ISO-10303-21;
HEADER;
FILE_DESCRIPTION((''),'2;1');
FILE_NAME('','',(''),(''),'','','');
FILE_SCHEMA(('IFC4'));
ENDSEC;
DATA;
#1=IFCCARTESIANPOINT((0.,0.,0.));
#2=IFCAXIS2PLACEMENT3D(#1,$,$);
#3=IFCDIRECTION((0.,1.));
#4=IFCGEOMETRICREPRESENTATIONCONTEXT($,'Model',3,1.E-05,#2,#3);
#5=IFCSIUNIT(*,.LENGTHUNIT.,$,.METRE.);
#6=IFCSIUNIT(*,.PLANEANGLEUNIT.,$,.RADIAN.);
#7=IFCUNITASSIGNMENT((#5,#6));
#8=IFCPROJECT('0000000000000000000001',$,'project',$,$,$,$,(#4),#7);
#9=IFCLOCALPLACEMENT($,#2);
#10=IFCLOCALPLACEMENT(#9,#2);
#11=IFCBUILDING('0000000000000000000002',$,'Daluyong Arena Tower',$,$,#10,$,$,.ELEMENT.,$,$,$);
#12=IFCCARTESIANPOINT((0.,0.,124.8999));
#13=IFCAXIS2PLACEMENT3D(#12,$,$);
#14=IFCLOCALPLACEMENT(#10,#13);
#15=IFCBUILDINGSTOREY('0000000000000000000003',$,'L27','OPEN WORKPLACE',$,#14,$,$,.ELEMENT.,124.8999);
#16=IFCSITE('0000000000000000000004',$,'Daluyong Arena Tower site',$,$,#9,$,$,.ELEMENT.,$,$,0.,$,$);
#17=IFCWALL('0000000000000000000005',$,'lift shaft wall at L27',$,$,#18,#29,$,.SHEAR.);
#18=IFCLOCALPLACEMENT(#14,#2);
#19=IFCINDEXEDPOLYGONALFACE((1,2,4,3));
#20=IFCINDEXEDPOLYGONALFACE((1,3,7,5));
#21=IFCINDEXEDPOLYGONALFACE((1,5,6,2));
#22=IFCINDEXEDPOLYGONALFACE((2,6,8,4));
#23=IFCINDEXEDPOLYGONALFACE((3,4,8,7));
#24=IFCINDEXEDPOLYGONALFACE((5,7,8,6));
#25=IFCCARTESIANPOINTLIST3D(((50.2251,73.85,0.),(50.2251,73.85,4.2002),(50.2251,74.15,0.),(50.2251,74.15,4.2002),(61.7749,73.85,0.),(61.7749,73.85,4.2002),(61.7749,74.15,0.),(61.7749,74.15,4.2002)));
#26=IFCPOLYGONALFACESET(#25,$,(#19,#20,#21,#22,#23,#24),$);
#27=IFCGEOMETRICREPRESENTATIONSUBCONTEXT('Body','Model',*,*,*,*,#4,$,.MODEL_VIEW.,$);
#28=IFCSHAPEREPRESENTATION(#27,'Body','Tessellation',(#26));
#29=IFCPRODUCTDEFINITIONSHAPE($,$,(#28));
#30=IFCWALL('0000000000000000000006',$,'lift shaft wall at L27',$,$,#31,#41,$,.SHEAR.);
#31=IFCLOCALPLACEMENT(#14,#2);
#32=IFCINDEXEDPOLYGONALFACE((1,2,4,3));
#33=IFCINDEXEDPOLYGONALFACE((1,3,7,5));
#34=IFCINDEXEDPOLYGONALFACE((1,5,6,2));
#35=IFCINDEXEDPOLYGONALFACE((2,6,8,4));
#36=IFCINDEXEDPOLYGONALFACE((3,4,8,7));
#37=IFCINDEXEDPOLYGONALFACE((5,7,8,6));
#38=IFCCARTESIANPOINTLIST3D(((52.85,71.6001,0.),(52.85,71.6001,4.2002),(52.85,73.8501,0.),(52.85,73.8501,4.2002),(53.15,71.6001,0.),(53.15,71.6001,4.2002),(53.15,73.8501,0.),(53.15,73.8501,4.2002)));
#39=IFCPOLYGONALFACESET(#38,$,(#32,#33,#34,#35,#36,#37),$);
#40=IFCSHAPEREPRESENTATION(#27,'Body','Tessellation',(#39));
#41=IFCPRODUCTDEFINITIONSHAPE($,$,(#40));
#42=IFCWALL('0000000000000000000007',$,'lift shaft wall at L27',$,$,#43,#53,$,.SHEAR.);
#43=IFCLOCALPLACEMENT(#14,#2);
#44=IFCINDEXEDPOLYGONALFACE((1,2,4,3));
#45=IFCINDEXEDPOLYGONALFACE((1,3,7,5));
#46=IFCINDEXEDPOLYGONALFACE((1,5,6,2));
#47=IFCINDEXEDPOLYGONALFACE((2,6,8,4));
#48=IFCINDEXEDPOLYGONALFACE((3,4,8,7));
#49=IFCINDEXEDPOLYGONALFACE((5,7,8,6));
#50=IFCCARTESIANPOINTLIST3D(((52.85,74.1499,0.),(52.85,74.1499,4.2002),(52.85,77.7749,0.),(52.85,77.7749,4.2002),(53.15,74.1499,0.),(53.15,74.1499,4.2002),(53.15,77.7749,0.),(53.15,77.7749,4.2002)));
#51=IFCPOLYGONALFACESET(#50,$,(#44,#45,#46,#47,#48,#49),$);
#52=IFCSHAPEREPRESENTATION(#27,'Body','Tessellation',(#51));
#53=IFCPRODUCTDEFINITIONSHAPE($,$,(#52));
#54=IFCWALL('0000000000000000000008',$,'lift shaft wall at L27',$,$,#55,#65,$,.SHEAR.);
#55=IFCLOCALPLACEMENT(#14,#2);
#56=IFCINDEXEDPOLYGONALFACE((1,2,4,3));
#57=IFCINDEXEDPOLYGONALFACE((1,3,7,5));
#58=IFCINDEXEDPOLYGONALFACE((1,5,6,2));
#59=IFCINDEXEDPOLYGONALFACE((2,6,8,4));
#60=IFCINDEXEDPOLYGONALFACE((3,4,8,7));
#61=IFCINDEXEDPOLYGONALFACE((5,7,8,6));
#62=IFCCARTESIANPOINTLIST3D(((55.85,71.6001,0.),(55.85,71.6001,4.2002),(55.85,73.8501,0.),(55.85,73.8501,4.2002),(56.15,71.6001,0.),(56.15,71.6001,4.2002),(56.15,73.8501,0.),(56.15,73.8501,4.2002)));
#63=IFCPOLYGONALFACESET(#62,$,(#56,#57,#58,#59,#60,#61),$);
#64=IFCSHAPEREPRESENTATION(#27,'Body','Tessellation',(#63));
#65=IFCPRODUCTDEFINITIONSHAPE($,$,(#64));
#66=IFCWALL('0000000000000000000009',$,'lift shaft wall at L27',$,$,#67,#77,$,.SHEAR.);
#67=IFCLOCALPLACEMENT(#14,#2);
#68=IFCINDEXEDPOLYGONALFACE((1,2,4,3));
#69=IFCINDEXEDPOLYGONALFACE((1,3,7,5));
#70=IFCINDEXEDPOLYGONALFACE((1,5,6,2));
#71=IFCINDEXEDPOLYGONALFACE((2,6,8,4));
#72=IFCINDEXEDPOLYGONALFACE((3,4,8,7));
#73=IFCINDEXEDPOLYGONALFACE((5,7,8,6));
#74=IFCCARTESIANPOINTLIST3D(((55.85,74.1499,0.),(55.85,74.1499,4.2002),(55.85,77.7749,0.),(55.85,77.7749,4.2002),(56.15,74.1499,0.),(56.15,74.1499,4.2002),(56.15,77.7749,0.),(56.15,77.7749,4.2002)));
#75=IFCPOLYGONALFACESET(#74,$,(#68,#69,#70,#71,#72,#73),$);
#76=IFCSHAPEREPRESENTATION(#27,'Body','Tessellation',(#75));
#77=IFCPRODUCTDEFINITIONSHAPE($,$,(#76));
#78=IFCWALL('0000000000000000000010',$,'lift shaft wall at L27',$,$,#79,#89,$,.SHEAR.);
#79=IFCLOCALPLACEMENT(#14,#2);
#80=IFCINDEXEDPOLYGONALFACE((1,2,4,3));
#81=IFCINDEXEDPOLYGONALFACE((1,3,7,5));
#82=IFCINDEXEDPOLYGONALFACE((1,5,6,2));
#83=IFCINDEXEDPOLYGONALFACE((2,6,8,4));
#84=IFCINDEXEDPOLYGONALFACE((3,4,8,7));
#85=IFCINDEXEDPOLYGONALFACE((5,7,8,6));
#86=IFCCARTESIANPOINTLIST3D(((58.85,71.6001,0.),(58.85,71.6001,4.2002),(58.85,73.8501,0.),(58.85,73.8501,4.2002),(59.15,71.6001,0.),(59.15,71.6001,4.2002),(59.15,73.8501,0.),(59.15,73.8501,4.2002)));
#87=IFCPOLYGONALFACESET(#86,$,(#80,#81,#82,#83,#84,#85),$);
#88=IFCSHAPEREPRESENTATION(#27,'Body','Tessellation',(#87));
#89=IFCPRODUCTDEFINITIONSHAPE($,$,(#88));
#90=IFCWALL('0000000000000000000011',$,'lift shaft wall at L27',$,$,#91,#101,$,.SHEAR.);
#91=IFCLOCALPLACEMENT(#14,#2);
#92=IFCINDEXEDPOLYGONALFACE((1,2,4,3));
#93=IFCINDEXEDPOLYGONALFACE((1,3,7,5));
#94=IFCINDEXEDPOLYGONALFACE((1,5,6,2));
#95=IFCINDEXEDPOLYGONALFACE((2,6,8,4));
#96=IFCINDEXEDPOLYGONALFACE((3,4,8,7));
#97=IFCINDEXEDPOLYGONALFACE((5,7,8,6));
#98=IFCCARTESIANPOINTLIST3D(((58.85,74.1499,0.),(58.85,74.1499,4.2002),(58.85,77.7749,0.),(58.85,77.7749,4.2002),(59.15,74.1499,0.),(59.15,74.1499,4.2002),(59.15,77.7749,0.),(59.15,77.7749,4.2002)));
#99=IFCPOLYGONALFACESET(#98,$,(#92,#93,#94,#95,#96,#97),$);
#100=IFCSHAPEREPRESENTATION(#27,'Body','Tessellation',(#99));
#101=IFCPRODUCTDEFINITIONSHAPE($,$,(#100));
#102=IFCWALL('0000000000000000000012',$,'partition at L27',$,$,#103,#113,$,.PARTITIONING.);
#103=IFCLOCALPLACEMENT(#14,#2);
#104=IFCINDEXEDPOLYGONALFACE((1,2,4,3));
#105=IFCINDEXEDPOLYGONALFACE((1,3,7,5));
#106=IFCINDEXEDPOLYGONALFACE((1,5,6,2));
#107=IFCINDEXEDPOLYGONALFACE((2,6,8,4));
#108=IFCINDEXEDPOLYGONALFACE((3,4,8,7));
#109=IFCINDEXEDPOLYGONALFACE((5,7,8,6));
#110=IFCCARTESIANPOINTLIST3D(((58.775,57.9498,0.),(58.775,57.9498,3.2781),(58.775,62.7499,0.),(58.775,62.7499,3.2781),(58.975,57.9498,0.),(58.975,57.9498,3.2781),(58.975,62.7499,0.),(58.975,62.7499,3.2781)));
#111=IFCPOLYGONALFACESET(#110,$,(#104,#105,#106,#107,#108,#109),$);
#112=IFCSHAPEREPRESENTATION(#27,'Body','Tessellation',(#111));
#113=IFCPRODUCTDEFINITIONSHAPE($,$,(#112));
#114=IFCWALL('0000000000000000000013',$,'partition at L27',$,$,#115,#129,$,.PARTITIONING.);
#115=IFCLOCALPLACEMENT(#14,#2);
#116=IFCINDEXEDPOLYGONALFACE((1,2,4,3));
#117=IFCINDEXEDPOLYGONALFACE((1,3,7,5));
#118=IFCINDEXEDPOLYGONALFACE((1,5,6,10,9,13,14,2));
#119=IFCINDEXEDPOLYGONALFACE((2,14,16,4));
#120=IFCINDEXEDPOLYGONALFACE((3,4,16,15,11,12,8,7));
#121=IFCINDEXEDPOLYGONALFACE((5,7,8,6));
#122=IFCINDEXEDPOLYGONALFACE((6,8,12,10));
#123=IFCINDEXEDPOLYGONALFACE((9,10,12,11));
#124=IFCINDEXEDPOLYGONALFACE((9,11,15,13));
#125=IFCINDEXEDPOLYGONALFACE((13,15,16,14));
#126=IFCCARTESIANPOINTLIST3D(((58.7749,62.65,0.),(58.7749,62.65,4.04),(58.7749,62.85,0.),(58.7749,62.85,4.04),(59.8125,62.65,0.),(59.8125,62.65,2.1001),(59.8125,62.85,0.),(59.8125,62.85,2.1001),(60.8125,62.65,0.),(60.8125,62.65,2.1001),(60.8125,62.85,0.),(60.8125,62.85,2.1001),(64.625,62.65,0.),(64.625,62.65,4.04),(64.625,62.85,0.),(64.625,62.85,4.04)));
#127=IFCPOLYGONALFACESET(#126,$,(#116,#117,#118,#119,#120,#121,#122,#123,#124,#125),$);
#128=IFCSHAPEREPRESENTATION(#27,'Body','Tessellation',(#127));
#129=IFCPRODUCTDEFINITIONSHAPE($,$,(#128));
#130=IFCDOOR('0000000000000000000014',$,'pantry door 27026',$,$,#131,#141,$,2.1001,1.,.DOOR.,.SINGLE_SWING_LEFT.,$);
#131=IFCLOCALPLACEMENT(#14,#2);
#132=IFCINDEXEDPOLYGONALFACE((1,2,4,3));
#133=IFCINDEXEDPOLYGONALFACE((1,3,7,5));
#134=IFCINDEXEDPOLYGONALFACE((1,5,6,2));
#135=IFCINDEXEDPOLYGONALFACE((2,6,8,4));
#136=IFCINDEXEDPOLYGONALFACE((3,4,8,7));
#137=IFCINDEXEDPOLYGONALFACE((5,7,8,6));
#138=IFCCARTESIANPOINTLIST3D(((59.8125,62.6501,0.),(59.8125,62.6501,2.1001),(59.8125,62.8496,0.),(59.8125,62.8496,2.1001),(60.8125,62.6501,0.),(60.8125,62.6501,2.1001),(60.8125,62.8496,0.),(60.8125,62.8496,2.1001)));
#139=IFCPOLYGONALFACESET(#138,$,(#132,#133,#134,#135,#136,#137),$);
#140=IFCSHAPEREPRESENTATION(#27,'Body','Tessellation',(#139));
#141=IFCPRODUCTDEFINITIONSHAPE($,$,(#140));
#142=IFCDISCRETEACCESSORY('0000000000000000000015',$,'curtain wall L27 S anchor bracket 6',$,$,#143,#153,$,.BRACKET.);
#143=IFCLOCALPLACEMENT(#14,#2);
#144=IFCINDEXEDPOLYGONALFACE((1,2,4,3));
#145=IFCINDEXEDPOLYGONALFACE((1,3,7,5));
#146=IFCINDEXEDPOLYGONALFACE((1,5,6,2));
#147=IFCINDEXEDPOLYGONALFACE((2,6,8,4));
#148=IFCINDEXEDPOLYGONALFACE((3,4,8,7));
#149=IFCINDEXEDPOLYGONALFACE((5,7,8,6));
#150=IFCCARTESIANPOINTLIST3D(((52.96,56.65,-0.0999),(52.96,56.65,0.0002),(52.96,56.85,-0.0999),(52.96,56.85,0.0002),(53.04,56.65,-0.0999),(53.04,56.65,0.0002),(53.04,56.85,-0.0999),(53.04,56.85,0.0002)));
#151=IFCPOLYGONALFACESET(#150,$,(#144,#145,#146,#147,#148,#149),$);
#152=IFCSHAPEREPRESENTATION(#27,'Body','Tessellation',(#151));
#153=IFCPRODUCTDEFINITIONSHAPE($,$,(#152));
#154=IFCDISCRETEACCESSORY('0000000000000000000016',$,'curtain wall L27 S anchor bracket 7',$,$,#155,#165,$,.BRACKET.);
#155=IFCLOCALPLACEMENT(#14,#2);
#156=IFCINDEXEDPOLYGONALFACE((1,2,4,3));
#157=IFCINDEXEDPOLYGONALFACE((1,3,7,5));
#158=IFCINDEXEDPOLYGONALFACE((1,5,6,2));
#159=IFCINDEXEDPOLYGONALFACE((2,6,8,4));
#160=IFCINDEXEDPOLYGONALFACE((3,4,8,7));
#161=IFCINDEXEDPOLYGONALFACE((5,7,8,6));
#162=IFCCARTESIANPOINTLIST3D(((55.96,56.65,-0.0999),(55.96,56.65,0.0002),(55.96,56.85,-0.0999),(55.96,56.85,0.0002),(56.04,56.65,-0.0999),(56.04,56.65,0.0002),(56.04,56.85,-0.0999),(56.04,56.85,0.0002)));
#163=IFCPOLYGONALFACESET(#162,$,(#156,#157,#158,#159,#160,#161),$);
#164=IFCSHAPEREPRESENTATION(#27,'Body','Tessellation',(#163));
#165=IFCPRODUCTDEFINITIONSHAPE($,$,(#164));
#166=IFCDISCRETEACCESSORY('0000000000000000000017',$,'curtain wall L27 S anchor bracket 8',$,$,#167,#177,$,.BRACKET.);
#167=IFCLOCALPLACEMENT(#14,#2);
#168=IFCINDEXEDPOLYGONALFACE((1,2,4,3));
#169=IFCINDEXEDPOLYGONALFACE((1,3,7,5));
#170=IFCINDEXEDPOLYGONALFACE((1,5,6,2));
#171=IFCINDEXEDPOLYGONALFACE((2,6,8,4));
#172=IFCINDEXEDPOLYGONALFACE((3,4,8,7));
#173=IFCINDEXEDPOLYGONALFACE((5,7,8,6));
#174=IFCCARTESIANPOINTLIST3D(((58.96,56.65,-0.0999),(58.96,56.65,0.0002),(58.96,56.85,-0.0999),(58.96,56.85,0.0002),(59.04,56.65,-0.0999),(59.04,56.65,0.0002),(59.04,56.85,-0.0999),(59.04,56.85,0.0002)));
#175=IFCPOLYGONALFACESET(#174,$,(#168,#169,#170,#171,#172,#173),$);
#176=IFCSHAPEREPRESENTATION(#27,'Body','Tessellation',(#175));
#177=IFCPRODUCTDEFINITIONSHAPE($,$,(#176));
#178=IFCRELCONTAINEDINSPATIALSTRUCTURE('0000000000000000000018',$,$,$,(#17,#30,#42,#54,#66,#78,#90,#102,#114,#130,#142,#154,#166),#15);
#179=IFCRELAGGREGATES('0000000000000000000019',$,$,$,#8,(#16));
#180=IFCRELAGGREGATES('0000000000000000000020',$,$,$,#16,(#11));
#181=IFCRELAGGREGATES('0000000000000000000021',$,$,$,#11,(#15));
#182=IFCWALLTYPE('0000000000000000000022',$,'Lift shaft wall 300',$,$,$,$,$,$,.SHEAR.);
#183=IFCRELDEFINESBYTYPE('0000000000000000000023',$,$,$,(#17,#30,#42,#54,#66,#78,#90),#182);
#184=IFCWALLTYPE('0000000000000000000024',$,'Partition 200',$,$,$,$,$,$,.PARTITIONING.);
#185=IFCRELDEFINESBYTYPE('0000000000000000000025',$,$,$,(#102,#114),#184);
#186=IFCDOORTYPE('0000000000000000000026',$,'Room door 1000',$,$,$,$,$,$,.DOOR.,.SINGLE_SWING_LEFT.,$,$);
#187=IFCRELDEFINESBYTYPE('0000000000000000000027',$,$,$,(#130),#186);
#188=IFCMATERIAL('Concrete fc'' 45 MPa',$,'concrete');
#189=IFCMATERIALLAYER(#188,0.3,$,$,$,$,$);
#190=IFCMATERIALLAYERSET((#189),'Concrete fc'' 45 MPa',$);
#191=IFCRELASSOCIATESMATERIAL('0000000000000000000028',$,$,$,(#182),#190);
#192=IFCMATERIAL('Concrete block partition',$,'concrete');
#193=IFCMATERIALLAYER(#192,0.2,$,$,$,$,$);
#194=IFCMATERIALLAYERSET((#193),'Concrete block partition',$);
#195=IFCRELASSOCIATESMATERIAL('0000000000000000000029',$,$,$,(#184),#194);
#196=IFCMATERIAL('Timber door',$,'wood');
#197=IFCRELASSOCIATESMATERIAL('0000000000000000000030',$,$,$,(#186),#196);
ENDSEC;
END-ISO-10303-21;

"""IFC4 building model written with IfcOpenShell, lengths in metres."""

from ifc_helpers import new_model, si_unit, direction, frame, frame_2d, origin, origin_2d, place, context, subcontext, project, spatial, rectangle, extrude, material, layer, layer_set, type_object, element, fill, save


model = new_model("IFC4")

# Units and contexts
model_context = context("Model", 3, precision=1e-05, world=origin(), true_north=direction((0.0, 1.0)))
body_context = subcontext(model_context, "Body", "Model", "MODEL_VIEW")
ifc_project = project(units=[si_unit("LENGTHUNIT", "METRE"), si_unit("PLANEANGLEUNIT", "RADIAN")], contexts=[model_context])

# Site, building, storey
site_placement = place(None, origin())
site = spatial("IfcSite", under=ifc_project, at=site_placement, Name="Daluyong Arena Tower site", CompositionType="ELEMENT", RefElevation=0.0)
building_placement = place(site_placement, origin())
building = spatial("IfcBuilding", under=site, at=building_placement, Name="Daluyong Arena Tower", CompositionType="ELEMENT")
storey_placement = place(building_placement, frame((0.0, 0.0, 124.8999)))
storey = spatial("IfcBuildingStorey", under=building, at=storey_placement, Name="L27", Description="OPEN WORKPLACE", CompositionType="ELEMENT", Elevation=124.8999)

# Walls
ifc_material_1 = material(Name="Concrete fc' 45 MPa", Category="concrete")
ifc_layer_1 = layer(ifc_material_1, 0.3)
ifc_layer_set_1 = layer_set([ifc_layer_1], Name="Concrete fc' 45 MPa")
wall_type_1 = type_object("IfcWallType", Name="Lift shaft wall 300", PredefinedType="SHEAR", material=ifc_layer_set_1)
wall_1_placement = place(storey_placement, frame((50.2251, 74.0, 0.0), z_axis=(0.0, 0.0, 1.0), x_axis=(1.0, 0.0, 0.0)))
element("IfcWall", 1, at=wall_1_placement, inside=storey, type_object=wall_type_1, Name="lift shaft wall at L27", PredefinedType="SHEAR", context=body_context, shape_type="SweptSolid", body=[
    extrude(rectangle(XDim=11.5498, YDim=0.3, at=frame_2d((5.7749, 0.0))), origin(), (0.0, 0.0, 1.0), 4.2002),
])
wall_2_placement = place(storey_placement, frame((53.0, 71.6001, 0.0), z_axis=(0.0, 0.0, 1.0), x_axis=(0.0, 1.0, 0.0)))
element("IfcWall", 2, at=wall_2_placement, inside=storey, type_object=wall_type_1, Name="lift shaft wall at L27", PredefinedType="SHEAR", context=body_context, shape_type="SweptSolid", body=[
    extrude(rectangle(XDim=2.25, YDim=0.3, at=frame_2d((1.125, 0.0))), origin(), (0.0, 0.0, 1.0), 4.2002),
])
wall_3_placement = place(storey_placement, frame((53.0, 74.1499, 0.0), z_axis=(0.0, 0.0, 1.0), x_axis=(0.0, 1.0, 0.0)))
element("IfcWall", 3, at=wall_3_placement, inside=storey, type_object=wall_type_1, Name="lift shaft wall at L27", PredefinedType="SHEAR", context=body_context, shape_type="SweptSolid", body=[
    extrude(rectangle(XDim=3.625, YDim=0.3, at=frame_2d((1.8125, 0.0))), origin(), (0.0, 0.0, 1.0), 4.2002),
])
wall_4_placement = place(storey_placement, frame((56.0, 71.6001, 0.0), z_axis=(0.0, 0.0, 1.0), x_axis=(0.0, 1.0, 0.0)))
element("IfcWall", 4, at=wall_4_placement, inside=storey, type_object=wall_type_1, Name="lift shaft wall at L27", PredefinedType="SHEAR", context=body_context, shape_type="SweptSolid", body=[
    extrude(rectangle(XDim=2.25, YDim=0.3, at=frame_2d((1.125, 0.0))), origin(), (0.0, 0.0, 1.0), 4.2002),
])
wall_5_placement = place(storey_placement, frame((56.0, 74.1499, 0.0), z_axis=(0.0, 0.0, 1.0), x_axis=(0.0, 1.0, 0.0)))
element("IfcWall", 5, at=wall_5_placement, inside=storey, type_object=wall_type_1, Name="lift shaft wall at L27", PredefinedType="SHEAR", context=body_context, shape_type="SweptSolid", body=[
    extrude(rectangle(XDim=3.625, YDim=0.3, at=frame_2d((1.8125, 0.0))), origin(), (0.0, 0.0, 1.0), 4.2002),
])
wall_6_placement = place(storey_placement, frame((59.0, 71.6001, 0.0), z_axis=(0.0, 0.0, 1.0), x_axis=(0.0, 1.0, 0.0)))
element("IfcWall", 6, at=wall_6_placement, inside=storey, type_object=wall_type_1, Name="lift shaft wall at L27", PredefinedType="SHEAR", context=body_context, shape_type="SweptSolid", body=[
    extrude(rectangle(XDim=2.25, YDim=0.3, at=frame_2d((1.125, 0.0))), origin(), (0.0, 0.0, 1.0), 4.2002),
])
wall_7_placement = place(storey_placement, frame((59.0, 74.1499, 0.0), z_axis=(0.0, 0.0, 1.0), x_axis=(0.0, 1.0, 0.0)))
element("IfcWall", 7, at=wall_7_placement, inside=storey, type_object=wall_type_1, Name="lift shaft wall at L27", PredefinedType="SHEAR", context=body_context, shape_type="SweptSolid", body=[
    extrude(rectangle(XDim=3.625, YDim=0.3, at=frame_2d((1.8125, 0.0))), origin(), (0.0, 0.0, 1.0), 4.2002),
])
ifc_material_2 = material(Name="Concrete block partition", Category="concrete")
ifc_layer_2 = layer(ifc_material_2, 0.2)
ifc_layer_set_2 = layer_set([ifc_layer_2], Name="Concrete block partition")
wall_type_2 = type_object("IfcWallType", Name="Partition 200", PredefinedType="PARTITIONING", material=ifc_layer_set_2)
wall_8_placement = place(storey_placement, frame((58.875, 57.95, 0.0), z_axis=(0.0, 0.0, 1.0), x_axis=(0.0, 1.0, 0.0)))
element("IfcWall", 8, at=wall_8_placement, inside=storey, type_object=wall_type_2, Name="partition at L27", PredefinedType="PARTITIONING", context=body_context, shape_type="SweptSolid", body=[
    extrude(rectangle(XDim=4.8, YDim=0.2, at=frame_2d((2.3999, 0.0))), origin(), (0.0, 0.0, 1.0), 3.2781),
])

# Wall, opening, door
wall_9_placement = place(storey_placement, frame((58.7749, 62.75, 0.0), z_axis=(0.0, 0.0, 1.0), x_axis=(1.0, 0.0, 0.0)))
wall_9 = element("IfcWall", 9, at=wall_9_placement, inside=storey, type_object=wall_type_2, Name="partition at L27", PredefinedType="PARTITIONING", context=body_context, shape_type="SweptSolid", body=[
    extrude(rectangle(XDim=5.8501, YDim=0.2, at=frame_2d((2.925, 0.0))), origin(), (0.0, 0.0, 1.0), 4.04),
])
opening_1_placement = place(wall_9_placement, frame((1.0376, 0.0, 0.0)))
opening_1 = element("IfcOpeningElement", 10, at=opening_1_placement, cuts=wall_9, PredefinedType="OPENING", context=body_context, shape_type="SweptSolid", body=[
    extrude(rectangle(XDim=1.0, YDim=2.1001, at=frame_2d((0.5, 1.05))), frame((0.0, 0.1099, 0.0), z_axis=(0.0, -1.0, 0.0), x_axis=(1.0, 0.0, 0.0)), (0.0, 0.0, 1.0), 0.22),
])
ifc_material_3 = material(Name="Timber door", Category="wood")
door_type_1 = type_object("IfcDoorType", Name="Room door 1000", OperationType="SINGLE_SWING_LEFT", PredefinedType="DOOR", material=ifc_material_3)
door_1_placement = place(opening_1_placement, origin())
door_1 = element("IfcDoor", 11, at=door_1_placement, inside=storey, type_object=door_type_1, Name="pantry door 27026", OperationType="SINGLE_SWING_LEFT", OverallHeight=2.1001, OverallWidth=1.0, PredefinedType="DOOR", context=body_context, shape_type="SweptSolid", body=[
    extrude(rectangle(XDim=1.0, YDim=2.1001, at=frame_2d((0.5, 1.05))), frame((0.0, 0.0996, 0.0), z_axis=(0.0, -1.0, 0.0), x_axis=(1.0, 0.0, 0.0)), (0.0, 0.0, 1.0), 0.1995),
])
fill(opening_1, door_1)

# Discrete accessories
for number, where, z_axis, x_axis, name in (
    (12, (53.0, 56.75, -0.0999), (0.0, 0.0, 1.0), (1.0, 0.0, 0.0), "curtain wall L27 S anchor bracket 6"),
    (13, (56.0, 56.75, -0.0999), (0.0, 0.0, 1.0), (1.0, 0.0, 0.0), "curtain wall L27 S anchor bracket 7"),
    (14, (59.0, 56.75, -0.0999), (0.0, 0.0, 1.0), (1.0, 0.0, 0.0), "curtain wall L27 S anchor bracket 8"),
):
    element("IfcDiscreteAccessory", number, at=place(storey_placement, frame(where, z_axis=z_axis, x_axis=x_axis)), inside=storey, Name=name, PredefinedType="BRACKET", context=body_context, shape_type="SweptSolid", body=[
        extrude(rectangle(XDim=0.0801, YDim=0.2, at=origin_2d()), origin(), (0.0, 0.0, 1.0), 0.1001),
    ])

save(model, "model.ifc")
